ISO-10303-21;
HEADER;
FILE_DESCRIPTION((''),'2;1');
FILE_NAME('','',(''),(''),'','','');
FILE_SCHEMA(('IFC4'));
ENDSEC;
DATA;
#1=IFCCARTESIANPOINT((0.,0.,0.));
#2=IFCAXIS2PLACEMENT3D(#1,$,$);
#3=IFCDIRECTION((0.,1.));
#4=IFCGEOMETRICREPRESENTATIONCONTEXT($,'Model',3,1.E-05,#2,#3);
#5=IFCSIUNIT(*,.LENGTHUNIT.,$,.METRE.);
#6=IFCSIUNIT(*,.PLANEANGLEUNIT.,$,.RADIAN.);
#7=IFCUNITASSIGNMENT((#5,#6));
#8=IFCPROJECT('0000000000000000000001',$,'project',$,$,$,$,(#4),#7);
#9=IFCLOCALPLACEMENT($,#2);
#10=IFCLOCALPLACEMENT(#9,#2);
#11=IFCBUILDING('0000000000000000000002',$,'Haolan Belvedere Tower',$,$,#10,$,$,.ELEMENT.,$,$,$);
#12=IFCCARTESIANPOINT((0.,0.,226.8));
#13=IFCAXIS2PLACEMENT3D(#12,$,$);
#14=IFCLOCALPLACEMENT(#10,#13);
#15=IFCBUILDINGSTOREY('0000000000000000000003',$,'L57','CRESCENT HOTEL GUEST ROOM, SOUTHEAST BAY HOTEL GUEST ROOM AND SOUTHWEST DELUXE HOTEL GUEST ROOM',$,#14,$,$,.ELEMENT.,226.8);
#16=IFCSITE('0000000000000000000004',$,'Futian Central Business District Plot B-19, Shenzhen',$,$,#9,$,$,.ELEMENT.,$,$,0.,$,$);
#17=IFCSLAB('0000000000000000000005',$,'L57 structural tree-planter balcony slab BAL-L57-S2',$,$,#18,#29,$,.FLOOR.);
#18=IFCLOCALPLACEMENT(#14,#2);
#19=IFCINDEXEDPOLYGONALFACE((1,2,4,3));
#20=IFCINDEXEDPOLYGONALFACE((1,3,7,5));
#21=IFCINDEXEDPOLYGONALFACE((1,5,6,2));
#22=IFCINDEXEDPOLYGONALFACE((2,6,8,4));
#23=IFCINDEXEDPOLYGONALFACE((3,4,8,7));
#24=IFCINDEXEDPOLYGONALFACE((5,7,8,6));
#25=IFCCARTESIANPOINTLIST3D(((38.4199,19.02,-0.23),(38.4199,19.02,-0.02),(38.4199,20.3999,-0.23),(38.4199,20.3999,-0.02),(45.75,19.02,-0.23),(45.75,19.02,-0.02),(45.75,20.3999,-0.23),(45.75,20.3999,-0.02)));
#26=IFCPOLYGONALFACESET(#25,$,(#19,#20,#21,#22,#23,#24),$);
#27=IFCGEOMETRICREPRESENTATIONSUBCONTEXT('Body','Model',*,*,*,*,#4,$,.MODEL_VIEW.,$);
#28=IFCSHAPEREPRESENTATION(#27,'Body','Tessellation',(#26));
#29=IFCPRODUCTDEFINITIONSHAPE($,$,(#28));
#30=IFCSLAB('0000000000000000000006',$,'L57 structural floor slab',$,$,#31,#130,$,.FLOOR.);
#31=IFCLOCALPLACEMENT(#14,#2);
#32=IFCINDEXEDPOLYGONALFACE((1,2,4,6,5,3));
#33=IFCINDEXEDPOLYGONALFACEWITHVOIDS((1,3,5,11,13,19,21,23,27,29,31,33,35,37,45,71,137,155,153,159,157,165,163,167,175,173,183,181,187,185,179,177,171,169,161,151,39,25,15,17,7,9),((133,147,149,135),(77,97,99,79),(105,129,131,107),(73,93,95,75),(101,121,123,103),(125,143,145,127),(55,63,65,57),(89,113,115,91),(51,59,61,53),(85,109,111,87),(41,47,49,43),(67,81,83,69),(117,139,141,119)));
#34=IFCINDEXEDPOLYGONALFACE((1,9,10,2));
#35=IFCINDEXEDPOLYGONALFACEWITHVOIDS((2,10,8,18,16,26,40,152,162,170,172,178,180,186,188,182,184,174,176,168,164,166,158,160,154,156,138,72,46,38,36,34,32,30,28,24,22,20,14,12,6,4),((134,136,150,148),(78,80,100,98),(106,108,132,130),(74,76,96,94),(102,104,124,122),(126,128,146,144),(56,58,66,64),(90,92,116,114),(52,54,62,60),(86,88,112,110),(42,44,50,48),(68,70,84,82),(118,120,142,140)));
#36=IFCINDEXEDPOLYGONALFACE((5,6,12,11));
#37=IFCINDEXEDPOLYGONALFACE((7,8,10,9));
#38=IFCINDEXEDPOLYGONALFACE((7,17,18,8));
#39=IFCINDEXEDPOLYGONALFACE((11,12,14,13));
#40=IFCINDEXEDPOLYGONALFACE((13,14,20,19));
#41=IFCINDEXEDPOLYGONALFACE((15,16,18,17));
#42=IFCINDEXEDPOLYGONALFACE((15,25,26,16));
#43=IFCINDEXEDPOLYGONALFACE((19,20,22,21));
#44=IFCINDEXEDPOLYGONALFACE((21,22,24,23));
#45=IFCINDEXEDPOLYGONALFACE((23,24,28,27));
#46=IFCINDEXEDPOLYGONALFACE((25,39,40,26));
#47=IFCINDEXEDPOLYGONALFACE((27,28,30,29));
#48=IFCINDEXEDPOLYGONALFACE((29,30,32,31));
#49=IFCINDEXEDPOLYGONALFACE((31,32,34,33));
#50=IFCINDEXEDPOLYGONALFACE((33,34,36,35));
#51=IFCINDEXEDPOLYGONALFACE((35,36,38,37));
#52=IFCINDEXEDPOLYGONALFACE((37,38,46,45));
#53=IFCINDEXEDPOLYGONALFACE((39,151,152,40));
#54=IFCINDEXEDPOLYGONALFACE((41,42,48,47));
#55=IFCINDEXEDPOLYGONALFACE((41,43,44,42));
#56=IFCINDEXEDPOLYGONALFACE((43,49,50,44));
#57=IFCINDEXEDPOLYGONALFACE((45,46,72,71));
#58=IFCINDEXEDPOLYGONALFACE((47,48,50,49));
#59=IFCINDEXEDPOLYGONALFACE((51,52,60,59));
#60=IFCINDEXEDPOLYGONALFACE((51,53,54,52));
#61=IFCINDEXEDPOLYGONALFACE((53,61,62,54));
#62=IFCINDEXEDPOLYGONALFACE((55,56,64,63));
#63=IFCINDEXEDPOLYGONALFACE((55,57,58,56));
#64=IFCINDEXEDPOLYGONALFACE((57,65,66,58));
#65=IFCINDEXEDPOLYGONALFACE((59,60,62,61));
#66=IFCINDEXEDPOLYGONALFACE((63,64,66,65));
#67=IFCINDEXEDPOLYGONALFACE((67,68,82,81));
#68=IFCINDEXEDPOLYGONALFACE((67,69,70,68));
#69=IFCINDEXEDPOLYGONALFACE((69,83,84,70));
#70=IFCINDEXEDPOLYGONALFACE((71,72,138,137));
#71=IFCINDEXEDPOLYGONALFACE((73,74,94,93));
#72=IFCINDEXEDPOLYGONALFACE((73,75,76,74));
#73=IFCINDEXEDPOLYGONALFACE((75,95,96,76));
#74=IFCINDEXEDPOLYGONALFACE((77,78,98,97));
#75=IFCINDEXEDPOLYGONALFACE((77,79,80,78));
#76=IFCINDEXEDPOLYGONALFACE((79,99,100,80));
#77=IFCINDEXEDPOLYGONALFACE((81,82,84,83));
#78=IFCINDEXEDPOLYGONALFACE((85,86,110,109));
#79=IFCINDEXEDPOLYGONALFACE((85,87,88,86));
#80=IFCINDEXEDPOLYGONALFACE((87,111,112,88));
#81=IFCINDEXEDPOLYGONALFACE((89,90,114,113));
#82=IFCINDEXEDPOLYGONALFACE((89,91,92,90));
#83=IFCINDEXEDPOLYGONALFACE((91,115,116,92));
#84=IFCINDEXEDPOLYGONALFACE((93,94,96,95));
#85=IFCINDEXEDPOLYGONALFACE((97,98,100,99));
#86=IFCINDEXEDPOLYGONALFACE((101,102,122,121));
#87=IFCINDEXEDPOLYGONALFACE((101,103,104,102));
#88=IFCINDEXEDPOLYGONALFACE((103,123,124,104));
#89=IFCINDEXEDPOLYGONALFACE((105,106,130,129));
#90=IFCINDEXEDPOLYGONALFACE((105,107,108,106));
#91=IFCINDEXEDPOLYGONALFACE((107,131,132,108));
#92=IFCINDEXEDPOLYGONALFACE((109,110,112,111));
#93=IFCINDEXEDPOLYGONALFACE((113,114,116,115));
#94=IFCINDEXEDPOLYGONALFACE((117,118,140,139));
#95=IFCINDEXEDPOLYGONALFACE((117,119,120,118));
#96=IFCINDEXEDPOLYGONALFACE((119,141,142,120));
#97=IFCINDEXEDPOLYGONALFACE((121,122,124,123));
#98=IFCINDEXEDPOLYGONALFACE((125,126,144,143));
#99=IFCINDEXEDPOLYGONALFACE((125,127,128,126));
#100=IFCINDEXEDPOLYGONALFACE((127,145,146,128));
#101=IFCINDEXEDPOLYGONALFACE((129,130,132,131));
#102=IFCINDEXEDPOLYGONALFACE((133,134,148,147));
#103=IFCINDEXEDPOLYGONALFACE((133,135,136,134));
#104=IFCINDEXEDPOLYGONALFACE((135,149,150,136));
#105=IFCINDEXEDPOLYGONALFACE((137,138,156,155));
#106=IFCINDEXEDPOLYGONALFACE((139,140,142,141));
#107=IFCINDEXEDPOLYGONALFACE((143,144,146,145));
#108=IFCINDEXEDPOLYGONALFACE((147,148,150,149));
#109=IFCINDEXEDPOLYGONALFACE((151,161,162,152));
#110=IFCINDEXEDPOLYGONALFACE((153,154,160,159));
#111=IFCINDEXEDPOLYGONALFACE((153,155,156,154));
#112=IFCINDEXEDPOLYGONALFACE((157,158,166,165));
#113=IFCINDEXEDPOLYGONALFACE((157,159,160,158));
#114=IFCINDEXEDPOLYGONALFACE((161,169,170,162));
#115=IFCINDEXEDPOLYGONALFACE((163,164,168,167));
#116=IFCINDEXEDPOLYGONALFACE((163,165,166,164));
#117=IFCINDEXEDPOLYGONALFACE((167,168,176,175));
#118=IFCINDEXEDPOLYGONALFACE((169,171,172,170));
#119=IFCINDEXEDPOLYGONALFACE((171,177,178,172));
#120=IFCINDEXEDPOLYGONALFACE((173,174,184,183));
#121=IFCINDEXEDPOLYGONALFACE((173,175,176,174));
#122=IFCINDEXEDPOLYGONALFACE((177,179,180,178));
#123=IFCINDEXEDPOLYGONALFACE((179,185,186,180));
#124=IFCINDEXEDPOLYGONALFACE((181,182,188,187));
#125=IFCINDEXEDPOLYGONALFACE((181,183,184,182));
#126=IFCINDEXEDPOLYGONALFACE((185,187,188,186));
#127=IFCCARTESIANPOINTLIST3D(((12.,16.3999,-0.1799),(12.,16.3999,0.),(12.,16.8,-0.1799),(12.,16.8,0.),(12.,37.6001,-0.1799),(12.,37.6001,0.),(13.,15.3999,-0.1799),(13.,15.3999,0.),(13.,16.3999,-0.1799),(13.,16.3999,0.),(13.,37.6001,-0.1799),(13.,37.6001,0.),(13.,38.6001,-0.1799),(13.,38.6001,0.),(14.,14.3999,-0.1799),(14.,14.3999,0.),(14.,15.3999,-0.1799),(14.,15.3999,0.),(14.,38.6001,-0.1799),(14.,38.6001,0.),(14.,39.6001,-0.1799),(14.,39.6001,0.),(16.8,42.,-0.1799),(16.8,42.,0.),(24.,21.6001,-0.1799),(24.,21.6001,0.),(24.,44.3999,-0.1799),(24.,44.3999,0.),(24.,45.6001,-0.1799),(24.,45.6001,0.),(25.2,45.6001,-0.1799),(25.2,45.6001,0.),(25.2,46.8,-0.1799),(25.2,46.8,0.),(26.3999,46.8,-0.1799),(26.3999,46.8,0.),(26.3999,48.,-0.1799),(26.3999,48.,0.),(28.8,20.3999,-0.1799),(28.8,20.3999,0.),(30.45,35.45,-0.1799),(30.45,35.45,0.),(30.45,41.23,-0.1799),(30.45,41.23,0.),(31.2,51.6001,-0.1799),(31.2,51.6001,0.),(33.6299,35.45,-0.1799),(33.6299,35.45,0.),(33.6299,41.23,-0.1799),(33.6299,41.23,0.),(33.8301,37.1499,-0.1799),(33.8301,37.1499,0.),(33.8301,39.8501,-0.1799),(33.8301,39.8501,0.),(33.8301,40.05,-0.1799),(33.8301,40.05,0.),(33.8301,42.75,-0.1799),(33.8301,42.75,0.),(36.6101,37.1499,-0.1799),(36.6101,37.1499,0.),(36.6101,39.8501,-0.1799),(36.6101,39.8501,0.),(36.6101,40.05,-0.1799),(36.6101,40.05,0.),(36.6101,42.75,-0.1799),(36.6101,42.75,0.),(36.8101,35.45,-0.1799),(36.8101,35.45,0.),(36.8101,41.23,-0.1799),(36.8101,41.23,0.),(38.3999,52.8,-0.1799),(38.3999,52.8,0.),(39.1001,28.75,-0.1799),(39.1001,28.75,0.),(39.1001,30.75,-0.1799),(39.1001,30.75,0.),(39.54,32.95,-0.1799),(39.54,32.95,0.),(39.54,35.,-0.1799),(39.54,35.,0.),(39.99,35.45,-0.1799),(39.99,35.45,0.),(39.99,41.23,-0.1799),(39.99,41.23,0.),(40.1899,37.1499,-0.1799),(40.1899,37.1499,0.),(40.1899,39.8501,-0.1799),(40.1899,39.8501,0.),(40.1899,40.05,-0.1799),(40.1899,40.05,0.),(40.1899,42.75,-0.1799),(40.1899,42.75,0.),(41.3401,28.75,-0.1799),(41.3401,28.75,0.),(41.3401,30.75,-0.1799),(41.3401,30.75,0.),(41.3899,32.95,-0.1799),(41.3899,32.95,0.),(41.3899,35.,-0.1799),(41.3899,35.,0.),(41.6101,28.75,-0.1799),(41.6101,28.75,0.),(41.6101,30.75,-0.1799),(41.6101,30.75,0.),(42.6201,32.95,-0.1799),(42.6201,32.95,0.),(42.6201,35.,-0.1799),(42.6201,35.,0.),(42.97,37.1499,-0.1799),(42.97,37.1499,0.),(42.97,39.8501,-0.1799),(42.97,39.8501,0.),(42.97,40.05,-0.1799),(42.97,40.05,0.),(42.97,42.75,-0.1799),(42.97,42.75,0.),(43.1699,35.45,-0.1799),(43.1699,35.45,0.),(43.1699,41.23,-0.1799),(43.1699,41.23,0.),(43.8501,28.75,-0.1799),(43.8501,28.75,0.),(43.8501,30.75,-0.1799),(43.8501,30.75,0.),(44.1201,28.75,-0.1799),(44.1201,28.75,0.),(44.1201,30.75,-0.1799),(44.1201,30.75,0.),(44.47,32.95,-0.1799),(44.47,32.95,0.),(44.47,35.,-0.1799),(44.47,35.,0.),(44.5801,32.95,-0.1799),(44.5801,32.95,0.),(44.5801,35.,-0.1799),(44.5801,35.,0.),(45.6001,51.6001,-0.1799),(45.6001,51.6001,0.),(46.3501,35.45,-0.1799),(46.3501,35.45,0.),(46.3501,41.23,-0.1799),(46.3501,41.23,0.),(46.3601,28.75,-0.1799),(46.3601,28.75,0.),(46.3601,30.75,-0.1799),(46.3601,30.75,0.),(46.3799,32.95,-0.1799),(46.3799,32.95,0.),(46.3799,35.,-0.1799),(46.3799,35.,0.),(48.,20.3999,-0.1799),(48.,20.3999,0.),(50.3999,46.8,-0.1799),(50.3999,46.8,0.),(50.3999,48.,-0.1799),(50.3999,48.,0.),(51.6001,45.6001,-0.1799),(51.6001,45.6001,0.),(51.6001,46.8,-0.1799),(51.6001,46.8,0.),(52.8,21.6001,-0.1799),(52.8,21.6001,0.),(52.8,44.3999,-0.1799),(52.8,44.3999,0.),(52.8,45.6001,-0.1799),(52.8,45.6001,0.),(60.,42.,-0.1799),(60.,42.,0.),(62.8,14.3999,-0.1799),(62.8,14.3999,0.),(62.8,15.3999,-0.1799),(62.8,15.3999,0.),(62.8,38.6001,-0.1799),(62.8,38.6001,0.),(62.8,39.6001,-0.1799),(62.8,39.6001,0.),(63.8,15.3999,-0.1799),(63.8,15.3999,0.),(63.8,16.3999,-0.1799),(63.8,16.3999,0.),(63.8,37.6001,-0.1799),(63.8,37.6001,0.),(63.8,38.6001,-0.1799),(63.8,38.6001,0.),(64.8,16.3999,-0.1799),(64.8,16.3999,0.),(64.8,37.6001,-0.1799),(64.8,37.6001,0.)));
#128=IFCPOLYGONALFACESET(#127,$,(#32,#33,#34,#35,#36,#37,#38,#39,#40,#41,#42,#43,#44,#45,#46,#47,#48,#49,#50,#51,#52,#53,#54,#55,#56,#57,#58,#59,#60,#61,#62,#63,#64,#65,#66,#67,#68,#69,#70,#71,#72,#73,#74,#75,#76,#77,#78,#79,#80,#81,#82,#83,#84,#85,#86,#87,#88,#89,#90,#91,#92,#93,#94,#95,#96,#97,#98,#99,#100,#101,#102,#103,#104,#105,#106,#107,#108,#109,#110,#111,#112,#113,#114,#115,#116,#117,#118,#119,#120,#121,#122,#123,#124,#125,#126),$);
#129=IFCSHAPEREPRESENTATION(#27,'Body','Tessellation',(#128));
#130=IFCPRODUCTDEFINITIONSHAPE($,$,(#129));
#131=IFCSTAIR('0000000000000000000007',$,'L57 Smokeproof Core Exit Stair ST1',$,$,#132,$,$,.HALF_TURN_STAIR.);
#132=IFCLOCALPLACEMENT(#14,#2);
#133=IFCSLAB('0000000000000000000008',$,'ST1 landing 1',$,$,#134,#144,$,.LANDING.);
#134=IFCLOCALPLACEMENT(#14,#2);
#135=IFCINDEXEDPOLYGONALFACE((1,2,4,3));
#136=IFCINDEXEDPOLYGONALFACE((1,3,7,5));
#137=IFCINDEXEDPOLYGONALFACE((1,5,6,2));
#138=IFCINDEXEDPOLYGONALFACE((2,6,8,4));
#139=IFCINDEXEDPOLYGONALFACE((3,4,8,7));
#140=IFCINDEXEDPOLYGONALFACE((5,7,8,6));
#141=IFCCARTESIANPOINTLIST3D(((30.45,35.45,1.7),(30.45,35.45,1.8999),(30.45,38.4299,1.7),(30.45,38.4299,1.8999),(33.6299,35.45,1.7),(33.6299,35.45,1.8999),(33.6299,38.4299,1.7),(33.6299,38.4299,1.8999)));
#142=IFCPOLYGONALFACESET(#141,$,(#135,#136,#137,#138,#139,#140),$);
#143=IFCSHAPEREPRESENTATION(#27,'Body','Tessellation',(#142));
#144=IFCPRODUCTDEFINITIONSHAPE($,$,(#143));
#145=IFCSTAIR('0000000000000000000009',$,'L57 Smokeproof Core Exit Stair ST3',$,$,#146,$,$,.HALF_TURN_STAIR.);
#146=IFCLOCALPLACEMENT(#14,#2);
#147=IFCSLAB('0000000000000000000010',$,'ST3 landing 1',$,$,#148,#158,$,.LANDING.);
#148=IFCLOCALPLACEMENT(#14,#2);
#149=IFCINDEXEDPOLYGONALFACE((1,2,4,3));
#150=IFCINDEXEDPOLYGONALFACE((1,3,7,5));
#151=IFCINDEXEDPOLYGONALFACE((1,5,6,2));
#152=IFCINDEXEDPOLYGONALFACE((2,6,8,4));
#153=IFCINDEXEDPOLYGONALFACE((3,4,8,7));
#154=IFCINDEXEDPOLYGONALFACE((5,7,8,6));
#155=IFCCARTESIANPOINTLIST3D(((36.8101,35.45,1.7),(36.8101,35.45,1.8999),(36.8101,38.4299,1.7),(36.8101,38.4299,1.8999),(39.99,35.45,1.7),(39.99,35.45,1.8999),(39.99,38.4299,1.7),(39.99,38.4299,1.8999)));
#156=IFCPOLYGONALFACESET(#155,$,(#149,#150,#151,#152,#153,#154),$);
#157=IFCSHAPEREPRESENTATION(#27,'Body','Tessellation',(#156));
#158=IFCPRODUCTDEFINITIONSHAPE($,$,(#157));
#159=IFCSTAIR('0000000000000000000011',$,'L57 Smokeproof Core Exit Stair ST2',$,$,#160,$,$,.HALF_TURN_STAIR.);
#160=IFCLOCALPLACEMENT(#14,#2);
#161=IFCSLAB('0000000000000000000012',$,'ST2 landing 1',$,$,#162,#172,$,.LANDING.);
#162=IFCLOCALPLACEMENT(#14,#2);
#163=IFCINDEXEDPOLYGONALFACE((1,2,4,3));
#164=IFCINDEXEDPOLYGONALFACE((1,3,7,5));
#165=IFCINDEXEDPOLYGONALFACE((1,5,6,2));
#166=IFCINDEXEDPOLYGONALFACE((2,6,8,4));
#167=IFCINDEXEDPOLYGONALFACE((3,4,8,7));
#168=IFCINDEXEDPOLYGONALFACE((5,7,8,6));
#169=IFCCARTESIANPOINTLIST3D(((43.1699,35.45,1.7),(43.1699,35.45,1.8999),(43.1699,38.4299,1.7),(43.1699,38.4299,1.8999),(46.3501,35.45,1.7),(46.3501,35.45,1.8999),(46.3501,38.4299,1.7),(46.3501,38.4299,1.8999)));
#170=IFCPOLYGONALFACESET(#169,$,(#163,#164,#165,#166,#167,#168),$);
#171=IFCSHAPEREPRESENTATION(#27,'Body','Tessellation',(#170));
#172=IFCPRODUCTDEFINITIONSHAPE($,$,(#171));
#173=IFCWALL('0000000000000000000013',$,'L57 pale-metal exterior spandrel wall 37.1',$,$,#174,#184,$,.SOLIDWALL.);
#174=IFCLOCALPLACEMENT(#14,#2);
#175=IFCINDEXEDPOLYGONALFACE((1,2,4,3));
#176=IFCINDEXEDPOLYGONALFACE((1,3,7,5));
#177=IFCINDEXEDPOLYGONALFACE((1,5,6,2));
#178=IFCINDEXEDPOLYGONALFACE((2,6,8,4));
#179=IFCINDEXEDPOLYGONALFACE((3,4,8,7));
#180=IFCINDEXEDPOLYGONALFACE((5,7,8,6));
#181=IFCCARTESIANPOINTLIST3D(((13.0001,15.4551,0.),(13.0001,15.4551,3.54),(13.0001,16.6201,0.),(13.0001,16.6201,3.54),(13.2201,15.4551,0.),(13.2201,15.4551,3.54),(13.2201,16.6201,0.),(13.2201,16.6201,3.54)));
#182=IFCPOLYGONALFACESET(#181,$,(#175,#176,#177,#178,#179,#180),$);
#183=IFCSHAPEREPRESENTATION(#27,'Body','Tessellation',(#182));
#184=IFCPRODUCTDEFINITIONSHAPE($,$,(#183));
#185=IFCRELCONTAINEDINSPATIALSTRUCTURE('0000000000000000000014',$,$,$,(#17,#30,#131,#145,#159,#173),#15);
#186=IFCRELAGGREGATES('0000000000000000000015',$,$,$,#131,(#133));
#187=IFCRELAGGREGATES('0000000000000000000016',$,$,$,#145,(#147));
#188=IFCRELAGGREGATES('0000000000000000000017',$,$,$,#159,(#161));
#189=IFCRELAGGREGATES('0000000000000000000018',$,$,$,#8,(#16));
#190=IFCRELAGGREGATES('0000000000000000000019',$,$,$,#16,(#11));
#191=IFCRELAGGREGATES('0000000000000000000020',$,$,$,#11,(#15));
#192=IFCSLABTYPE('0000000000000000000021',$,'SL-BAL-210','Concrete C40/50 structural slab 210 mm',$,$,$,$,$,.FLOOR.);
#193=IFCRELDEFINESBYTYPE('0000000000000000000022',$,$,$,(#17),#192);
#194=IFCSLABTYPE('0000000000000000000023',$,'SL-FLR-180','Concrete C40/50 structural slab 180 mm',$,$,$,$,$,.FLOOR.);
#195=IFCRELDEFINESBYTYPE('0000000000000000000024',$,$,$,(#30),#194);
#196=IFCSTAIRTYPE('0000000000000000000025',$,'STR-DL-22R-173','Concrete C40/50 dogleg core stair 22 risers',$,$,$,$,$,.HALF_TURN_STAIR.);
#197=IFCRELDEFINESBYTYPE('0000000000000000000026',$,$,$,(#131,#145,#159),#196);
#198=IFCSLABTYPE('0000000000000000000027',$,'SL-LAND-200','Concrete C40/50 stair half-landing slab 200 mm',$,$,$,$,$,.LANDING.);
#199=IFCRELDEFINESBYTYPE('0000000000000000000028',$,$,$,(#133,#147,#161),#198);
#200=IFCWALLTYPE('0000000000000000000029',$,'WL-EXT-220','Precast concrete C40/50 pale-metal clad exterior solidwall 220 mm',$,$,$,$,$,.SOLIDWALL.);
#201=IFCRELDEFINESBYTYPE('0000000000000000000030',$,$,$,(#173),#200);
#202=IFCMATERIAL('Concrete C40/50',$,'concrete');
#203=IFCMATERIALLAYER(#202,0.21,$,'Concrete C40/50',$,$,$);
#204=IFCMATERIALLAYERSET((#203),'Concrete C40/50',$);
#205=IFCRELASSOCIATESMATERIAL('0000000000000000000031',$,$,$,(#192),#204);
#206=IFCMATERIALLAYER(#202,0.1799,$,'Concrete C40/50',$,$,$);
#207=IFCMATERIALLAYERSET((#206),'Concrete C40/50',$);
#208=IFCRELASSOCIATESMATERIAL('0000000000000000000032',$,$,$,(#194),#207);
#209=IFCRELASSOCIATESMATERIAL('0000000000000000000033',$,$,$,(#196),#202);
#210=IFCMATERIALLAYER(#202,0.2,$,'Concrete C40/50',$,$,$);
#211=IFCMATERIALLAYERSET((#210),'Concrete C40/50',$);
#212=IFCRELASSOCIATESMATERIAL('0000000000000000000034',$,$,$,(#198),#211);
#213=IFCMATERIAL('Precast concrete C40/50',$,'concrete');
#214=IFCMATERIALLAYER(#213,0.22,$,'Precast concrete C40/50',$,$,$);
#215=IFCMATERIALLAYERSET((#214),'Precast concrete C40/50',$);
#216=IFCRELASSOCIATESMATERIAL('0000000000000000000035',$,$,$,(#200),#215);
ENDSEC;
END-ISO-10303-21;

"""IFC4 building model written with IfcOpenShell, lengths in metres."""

from ifc_helpers import new_model, si_unit, direction, frame, frame_2d, origin, place, context, subcontext, project, spatial, polyline, rectangle, outline, extrude, material, layer, layer_set, type_object, element, aggregate, save


model = new_model("IFC4")

# Units and contexts
model_context = context("Model", 3, precision=1e-05, world=origin(), true_north=direction((0.0, 1.0)))
body_context = subcontext(model_context, "Body", "Model", "MODEL_VIEW")
ifc_project = project(units=[si_unit("LENGTHUNIT", "METRE"), si_unit("PLANEANGLEUNIT", "RADIAN")], contexts=[model_context])

# Site, building, storey
site_placement = place(None, origin())
site = spatial("IfcSite", under=ifc_project, at=site_placement, Name="Futian Central Business District Plot B-19, Shenzhen", CompositionType="ELEMENT", RefElevation=0.0)
building_placement = place(site_placement, origin())
building = spatial("IfcBuilding", under=site, at=building_placement, Name="Haolan Belvedere Tower", CompositionType="ELEMENT")
storey_placement = place(building_placement, frame((0.0, 0.0, 226.8)))
storey = spatial("IfcBuildingStorey", under=building, at=storey_placement, Name="L57", Description="CRESCENT HOTEL GUEST ROOM, SOUTHEAST BAY HOTEL GUEST ROOM AND SOUTHWEST DELUXE HOTEL GUEST ROOM", CompositionType="ELEMENT", Elevation=226.8)

# Slabs
ifc_material_1 = material(Name="Concrete C40/50", Category="concrete")
ifc_layer_1 = layer(ifc_material_1, 0.21, Name="Concrete C40/50")
ifc_layer_set_1 = layer_set([ifc_layer_1], Name="Concrete C40/50")
slab_type_1 = type_object("IfcSlabType", Name="SL-BAL-210", Description="Concrete C40/50 structural slab 210 mm", PredefinedType="FLOOR", material=ifc_layer_set_1)
slab_1_placement = place(storey_placement, frame((0.0, 0.0, -0.23)))
element("IfcSlab", 1, at=slab_1_placement, inside=storey, type_object=slab_type_1, Name="L57 structural tree-planter balcony slab BAL-L57-S2", PredefinedType="FLOOR", context=body_context, shape_type="SweptSolid", body=[
    extrude(outline(polyline([(38.4199, 19.02), (45.75, 19.02), (45.75, 20.3999), (38.4199, 20.3999), (38.4199, 19.02)])), origin(), (0.0, 0.0, 1.0), 0.21),
])
ifc_layer_2 = layer(ifc_material_1, 0.1799, Name="Concrete C40/50")
ifc_layer_set_2 = layer_set([ifc_layer_2], Name="Concrete C40/50")
slab_type_2 = type_object("IfcSlabType", Name="SL-FLR-180", Description="Concrete C40/50 structural slab 180 mm", PredefinedType="FLOOR", material=ifc_layer_set_2)
slab_2_placement = place(storey_placement, frame((0.0, 0.0, -0.1799)))
element("IfcSlab", 2, at=slab_2_placement, inside=storey, type_object=slab_type_2, Name="L57 structural floor slab", PredefinedType="FLOOR", context=body_context, shape_type="SweptSolid", body=[
    extrude(outline(polyline([(24.0, 21.6001), (28.8, 20.3999), (48.0, 20.3999), (52.8, 21.6001), (62.8, 14.3999), (62.8, 15.3999), (63.8, 15.3999), (63.8, 16.3999), (64.8, 16.3999), (64.8, 37.6001), (63.8, 37.6001), (63.8, 38.6001), (62.8, 38.6001), (62.8, 39.6001), (60.0, 42.0), (52.8, 44.3999), (52.8, 45.6001), (51.6001, 45.6001), (51.6001, 46.8), (50.3999, 46.8), (50.3999, 48.0), (45.6001, 51.6001), (38.3999, 52.8), (31.2, 51.6001), (26.3999, 48.0), (26.3999, 46.8), (25.2, 46.8), (25.2, 45.6001), (24.0, 45.6001), (24.0, 44.3999), (16.8, 42.0), (14.0, 39.6001), (14.0, 38.6001), (13.0, 38.6001), (13.0, 37.6001), (12.0, 37.6001), (12.0, 16.8), (12.0, 16.3999), (13.0, 16.3999), (13.0, 15.3999), (14.0, 15.3999), (14.0, 14.3999), (24.0, 21.6001)]), holes=[polyline([(30.45, 41.23), (30.45, 35.45), (33.6299, 35.45), (33.6299, 41.23), (30.45, 41.23)]), polyline([(36.8101, 41.23), (36.8101, 35.45), (39.99, 35.45), (39.99, 41.23), (36.8101, 41.23)]), polyline([(43.1699, 41.23), (43.1699, 35.45), (46.3501, 35.45), (46.3501, 41.23), (43.1699, 41.23)]), polyline([(33.8301, 40.05), (36.6101, 40.05), (36.6101, 42.75), (33.8301, 42.75), (33.8301, 40.05)]), polyline([(33.8301, 37.1499), (36.6101, 37.1499), (36.6101, 39.8501), (33.8301, 39.8501), (33.8301, 37.1499)]), polyline([(40.1899, 40.05), (42.97, 40.05), (42.97, 42.75), (40.1899, 42.75), (40.1899, 40.05)]), polyline([(40.1899, 37.1499), (42.97, 37.1499), (42.97, 39.8501), (40.1899, 39.8501), (40.1899, 37.1499)]), polyline([(39.54, 32.95), (41.3899, 32.95), (41.3899, 35.0), (39.54, 35.0), (39.54, 32.95)]), polyline([(42.6201, 32.95), (44.47, 32.95), (44.47, 35.0), (42.6201, 35.0), (42.6201, 32.95)]), polyline([(44.5801, 32.95), (46.3799, 32.95), (46.3799, 35.0), (44.5801, 35.0), (44.5801, 32.95)]), polyline([(39.1001, 28.75), (41.3401, 28.75), (41.3401, 30.75), (39.1001, 30.75), (39.1001, 28.75)]), polyline([(41.6101, 28.75), (43.8501, 28.75), (43.8501, 30.75), (41.6101, 30.75), (41.6101, 28.75)]), polyline([(44.1201, 28.75), (46.3601, 28.75), (46.3601, 30.75), (44.1201, 30.75), (44.1201, 28.75)])]), origin(), (0.0, 0.0, 1.0), 0.1799),
])

# Stairs, slabs
stair_type = type_object("IfcStairType", Name="STR-DL-22R-173", Description="Concrete C40/50 dogleg core stair 22 risers", PredefinedType="HALF_TURN_STAIR", material=ifc_material_1)
stair_1_placement = place(storey_placement, origin())
stair_1 = element("IfcStair", 3, at=stair_1_placement, inside=storey, type_object=stair_type, Name="L57 Smokeproof Core Exit Stair ST1", PredefinedType="HALF_TURN_STAIR")
ifc_layer_3 = layer(ifc_material_1, 0.2, Name="Concrete C40/50")
ifc_layer_set_3 = layer_set([ifc_layer_3], Name="Concrete C40/50")
slab_type_3 = type_object("IfcSlabType", Name="SL-LAND-200", Description="Concrete C40/50 stair half-landing slab 200 mm", PredefinedType="LANDING", material=ifc_layer_set_3)
slab_3_placement = place(storey_placement, frame((0.0, 0.0, 1.7)))
slab_3 = element("IfcSlab", 4, at=slab_3_placement, type_object=slab_type_3, Name="ST1 landing 1", PredefinedType="LANDING", context=body_context, shape_type="SweptSolid", body=[
    extrude(outline(polyline([(30.45, 38.4299), (30.45, 35.45), (33.6299, 35.45), (33.6299, 38.4299), (30.45, 38.4299)])), origin(), (0.0, 0.0, 1.0), 0.2),
])
aggregate(stair_1, [slab_3])
stair_2_placement = place(storey_placement, origin())
stair_2 = element("IfcStair", 5, at=stair_2_placement, inside=storey, type_object=stair_type, Name="L57 Smokeproof Core Exit Stair ST3", PredefinedType="HALF_TURN_STAIR")
slab_4_placement = place(storey_placement, frame((0.0, 0.0, 1.7)))
slab_4 = element("IfcSlab", 6, at=slab_4_placement, type_object=slab_type_3, Name="ST3 landing 1", PredefinedType="LANDING", context=body_context, shape_type="SweptSolid", body=[
    extrude(outline(polyline([(36.8101, 38.4299), (36.8101, 35.45), (39.99, 35.45), (39.99, 38.4299), (36.8101, 38.4299)])), origin(), (0.0, 0.0, 1.0), 0.2),
])
aggregate(stair_2, [slab_4])
stair_3_placement = place(storey_placement, origin())
stair_3 = element("IfcStair", 7, at=stair_3_placement, inside=storey, type_object=stair_type, Name="L57 Smokeproof Core Exit Stair ST2", PredefinedType="HALF_TURN_STAIR")
slab_5_placement = place(storey_placement, frame((0.0, 0.0, 1.7)))
slab_5 = element("IfcSlab", 8, at=slab_5_placement, type_object=slab_type_3, Name="ST2 landing 1", PredefinedType="LANDING", context=body_context, shape_type="SweptSolid", body=[
    extrude(outline(polyline([(43.1699, 38.4299), (43.1699, 35.45), (46.3501, 35.45), (46.3501, 38.4299), (43.1699, 38.4299)])), origin(), (0.0, 0.0, 1.0), 0.2),
])
aggregate(stair_3, [slab_5])

# Wall
ifc_material_2 = material(Name="Precast concrete C40/50", Category="concrete")
ifc_layer_4 = layer(ifc_material_2, 0.22, Name="Precast concrete C40/50")
ifc_layer_set_4 = layer_set([ifc_layer_4], Name="Precast concrete C40/50")
wall_type_1 = type_object("IfcWallType", Name="WL-EXT-220", Description="Precast concrete C40/50 pale-metal clad exterior solidwall 220 mm", PredefinedType="SOLIDWALL", material=ifc_layer_set_4)
wall_1_placement = place(storey_placement, frame((13.1101, 16.6201, 0.0), z_axis=(0.0, 0.0, 1.0), x_axis=(0.0, -1.0, 0.0)))
element("IfcWall", 9, at=wall_1_placement, inside=storey, type_object=wall_type_1, Name="L57 pale-metal exterior spandrel wall 37.1", PredefinedType="SOLIDWALL", context=body_context, shape_type="SweptSolid", body=[
    extrude(rectangle(XDim=1.165, YDim=0.22, at=frame_2d((0.5825, 0.0))), origin(), (0.0, 0.0, 1.0), 3.54),
])

save(model, "model.ifc")
